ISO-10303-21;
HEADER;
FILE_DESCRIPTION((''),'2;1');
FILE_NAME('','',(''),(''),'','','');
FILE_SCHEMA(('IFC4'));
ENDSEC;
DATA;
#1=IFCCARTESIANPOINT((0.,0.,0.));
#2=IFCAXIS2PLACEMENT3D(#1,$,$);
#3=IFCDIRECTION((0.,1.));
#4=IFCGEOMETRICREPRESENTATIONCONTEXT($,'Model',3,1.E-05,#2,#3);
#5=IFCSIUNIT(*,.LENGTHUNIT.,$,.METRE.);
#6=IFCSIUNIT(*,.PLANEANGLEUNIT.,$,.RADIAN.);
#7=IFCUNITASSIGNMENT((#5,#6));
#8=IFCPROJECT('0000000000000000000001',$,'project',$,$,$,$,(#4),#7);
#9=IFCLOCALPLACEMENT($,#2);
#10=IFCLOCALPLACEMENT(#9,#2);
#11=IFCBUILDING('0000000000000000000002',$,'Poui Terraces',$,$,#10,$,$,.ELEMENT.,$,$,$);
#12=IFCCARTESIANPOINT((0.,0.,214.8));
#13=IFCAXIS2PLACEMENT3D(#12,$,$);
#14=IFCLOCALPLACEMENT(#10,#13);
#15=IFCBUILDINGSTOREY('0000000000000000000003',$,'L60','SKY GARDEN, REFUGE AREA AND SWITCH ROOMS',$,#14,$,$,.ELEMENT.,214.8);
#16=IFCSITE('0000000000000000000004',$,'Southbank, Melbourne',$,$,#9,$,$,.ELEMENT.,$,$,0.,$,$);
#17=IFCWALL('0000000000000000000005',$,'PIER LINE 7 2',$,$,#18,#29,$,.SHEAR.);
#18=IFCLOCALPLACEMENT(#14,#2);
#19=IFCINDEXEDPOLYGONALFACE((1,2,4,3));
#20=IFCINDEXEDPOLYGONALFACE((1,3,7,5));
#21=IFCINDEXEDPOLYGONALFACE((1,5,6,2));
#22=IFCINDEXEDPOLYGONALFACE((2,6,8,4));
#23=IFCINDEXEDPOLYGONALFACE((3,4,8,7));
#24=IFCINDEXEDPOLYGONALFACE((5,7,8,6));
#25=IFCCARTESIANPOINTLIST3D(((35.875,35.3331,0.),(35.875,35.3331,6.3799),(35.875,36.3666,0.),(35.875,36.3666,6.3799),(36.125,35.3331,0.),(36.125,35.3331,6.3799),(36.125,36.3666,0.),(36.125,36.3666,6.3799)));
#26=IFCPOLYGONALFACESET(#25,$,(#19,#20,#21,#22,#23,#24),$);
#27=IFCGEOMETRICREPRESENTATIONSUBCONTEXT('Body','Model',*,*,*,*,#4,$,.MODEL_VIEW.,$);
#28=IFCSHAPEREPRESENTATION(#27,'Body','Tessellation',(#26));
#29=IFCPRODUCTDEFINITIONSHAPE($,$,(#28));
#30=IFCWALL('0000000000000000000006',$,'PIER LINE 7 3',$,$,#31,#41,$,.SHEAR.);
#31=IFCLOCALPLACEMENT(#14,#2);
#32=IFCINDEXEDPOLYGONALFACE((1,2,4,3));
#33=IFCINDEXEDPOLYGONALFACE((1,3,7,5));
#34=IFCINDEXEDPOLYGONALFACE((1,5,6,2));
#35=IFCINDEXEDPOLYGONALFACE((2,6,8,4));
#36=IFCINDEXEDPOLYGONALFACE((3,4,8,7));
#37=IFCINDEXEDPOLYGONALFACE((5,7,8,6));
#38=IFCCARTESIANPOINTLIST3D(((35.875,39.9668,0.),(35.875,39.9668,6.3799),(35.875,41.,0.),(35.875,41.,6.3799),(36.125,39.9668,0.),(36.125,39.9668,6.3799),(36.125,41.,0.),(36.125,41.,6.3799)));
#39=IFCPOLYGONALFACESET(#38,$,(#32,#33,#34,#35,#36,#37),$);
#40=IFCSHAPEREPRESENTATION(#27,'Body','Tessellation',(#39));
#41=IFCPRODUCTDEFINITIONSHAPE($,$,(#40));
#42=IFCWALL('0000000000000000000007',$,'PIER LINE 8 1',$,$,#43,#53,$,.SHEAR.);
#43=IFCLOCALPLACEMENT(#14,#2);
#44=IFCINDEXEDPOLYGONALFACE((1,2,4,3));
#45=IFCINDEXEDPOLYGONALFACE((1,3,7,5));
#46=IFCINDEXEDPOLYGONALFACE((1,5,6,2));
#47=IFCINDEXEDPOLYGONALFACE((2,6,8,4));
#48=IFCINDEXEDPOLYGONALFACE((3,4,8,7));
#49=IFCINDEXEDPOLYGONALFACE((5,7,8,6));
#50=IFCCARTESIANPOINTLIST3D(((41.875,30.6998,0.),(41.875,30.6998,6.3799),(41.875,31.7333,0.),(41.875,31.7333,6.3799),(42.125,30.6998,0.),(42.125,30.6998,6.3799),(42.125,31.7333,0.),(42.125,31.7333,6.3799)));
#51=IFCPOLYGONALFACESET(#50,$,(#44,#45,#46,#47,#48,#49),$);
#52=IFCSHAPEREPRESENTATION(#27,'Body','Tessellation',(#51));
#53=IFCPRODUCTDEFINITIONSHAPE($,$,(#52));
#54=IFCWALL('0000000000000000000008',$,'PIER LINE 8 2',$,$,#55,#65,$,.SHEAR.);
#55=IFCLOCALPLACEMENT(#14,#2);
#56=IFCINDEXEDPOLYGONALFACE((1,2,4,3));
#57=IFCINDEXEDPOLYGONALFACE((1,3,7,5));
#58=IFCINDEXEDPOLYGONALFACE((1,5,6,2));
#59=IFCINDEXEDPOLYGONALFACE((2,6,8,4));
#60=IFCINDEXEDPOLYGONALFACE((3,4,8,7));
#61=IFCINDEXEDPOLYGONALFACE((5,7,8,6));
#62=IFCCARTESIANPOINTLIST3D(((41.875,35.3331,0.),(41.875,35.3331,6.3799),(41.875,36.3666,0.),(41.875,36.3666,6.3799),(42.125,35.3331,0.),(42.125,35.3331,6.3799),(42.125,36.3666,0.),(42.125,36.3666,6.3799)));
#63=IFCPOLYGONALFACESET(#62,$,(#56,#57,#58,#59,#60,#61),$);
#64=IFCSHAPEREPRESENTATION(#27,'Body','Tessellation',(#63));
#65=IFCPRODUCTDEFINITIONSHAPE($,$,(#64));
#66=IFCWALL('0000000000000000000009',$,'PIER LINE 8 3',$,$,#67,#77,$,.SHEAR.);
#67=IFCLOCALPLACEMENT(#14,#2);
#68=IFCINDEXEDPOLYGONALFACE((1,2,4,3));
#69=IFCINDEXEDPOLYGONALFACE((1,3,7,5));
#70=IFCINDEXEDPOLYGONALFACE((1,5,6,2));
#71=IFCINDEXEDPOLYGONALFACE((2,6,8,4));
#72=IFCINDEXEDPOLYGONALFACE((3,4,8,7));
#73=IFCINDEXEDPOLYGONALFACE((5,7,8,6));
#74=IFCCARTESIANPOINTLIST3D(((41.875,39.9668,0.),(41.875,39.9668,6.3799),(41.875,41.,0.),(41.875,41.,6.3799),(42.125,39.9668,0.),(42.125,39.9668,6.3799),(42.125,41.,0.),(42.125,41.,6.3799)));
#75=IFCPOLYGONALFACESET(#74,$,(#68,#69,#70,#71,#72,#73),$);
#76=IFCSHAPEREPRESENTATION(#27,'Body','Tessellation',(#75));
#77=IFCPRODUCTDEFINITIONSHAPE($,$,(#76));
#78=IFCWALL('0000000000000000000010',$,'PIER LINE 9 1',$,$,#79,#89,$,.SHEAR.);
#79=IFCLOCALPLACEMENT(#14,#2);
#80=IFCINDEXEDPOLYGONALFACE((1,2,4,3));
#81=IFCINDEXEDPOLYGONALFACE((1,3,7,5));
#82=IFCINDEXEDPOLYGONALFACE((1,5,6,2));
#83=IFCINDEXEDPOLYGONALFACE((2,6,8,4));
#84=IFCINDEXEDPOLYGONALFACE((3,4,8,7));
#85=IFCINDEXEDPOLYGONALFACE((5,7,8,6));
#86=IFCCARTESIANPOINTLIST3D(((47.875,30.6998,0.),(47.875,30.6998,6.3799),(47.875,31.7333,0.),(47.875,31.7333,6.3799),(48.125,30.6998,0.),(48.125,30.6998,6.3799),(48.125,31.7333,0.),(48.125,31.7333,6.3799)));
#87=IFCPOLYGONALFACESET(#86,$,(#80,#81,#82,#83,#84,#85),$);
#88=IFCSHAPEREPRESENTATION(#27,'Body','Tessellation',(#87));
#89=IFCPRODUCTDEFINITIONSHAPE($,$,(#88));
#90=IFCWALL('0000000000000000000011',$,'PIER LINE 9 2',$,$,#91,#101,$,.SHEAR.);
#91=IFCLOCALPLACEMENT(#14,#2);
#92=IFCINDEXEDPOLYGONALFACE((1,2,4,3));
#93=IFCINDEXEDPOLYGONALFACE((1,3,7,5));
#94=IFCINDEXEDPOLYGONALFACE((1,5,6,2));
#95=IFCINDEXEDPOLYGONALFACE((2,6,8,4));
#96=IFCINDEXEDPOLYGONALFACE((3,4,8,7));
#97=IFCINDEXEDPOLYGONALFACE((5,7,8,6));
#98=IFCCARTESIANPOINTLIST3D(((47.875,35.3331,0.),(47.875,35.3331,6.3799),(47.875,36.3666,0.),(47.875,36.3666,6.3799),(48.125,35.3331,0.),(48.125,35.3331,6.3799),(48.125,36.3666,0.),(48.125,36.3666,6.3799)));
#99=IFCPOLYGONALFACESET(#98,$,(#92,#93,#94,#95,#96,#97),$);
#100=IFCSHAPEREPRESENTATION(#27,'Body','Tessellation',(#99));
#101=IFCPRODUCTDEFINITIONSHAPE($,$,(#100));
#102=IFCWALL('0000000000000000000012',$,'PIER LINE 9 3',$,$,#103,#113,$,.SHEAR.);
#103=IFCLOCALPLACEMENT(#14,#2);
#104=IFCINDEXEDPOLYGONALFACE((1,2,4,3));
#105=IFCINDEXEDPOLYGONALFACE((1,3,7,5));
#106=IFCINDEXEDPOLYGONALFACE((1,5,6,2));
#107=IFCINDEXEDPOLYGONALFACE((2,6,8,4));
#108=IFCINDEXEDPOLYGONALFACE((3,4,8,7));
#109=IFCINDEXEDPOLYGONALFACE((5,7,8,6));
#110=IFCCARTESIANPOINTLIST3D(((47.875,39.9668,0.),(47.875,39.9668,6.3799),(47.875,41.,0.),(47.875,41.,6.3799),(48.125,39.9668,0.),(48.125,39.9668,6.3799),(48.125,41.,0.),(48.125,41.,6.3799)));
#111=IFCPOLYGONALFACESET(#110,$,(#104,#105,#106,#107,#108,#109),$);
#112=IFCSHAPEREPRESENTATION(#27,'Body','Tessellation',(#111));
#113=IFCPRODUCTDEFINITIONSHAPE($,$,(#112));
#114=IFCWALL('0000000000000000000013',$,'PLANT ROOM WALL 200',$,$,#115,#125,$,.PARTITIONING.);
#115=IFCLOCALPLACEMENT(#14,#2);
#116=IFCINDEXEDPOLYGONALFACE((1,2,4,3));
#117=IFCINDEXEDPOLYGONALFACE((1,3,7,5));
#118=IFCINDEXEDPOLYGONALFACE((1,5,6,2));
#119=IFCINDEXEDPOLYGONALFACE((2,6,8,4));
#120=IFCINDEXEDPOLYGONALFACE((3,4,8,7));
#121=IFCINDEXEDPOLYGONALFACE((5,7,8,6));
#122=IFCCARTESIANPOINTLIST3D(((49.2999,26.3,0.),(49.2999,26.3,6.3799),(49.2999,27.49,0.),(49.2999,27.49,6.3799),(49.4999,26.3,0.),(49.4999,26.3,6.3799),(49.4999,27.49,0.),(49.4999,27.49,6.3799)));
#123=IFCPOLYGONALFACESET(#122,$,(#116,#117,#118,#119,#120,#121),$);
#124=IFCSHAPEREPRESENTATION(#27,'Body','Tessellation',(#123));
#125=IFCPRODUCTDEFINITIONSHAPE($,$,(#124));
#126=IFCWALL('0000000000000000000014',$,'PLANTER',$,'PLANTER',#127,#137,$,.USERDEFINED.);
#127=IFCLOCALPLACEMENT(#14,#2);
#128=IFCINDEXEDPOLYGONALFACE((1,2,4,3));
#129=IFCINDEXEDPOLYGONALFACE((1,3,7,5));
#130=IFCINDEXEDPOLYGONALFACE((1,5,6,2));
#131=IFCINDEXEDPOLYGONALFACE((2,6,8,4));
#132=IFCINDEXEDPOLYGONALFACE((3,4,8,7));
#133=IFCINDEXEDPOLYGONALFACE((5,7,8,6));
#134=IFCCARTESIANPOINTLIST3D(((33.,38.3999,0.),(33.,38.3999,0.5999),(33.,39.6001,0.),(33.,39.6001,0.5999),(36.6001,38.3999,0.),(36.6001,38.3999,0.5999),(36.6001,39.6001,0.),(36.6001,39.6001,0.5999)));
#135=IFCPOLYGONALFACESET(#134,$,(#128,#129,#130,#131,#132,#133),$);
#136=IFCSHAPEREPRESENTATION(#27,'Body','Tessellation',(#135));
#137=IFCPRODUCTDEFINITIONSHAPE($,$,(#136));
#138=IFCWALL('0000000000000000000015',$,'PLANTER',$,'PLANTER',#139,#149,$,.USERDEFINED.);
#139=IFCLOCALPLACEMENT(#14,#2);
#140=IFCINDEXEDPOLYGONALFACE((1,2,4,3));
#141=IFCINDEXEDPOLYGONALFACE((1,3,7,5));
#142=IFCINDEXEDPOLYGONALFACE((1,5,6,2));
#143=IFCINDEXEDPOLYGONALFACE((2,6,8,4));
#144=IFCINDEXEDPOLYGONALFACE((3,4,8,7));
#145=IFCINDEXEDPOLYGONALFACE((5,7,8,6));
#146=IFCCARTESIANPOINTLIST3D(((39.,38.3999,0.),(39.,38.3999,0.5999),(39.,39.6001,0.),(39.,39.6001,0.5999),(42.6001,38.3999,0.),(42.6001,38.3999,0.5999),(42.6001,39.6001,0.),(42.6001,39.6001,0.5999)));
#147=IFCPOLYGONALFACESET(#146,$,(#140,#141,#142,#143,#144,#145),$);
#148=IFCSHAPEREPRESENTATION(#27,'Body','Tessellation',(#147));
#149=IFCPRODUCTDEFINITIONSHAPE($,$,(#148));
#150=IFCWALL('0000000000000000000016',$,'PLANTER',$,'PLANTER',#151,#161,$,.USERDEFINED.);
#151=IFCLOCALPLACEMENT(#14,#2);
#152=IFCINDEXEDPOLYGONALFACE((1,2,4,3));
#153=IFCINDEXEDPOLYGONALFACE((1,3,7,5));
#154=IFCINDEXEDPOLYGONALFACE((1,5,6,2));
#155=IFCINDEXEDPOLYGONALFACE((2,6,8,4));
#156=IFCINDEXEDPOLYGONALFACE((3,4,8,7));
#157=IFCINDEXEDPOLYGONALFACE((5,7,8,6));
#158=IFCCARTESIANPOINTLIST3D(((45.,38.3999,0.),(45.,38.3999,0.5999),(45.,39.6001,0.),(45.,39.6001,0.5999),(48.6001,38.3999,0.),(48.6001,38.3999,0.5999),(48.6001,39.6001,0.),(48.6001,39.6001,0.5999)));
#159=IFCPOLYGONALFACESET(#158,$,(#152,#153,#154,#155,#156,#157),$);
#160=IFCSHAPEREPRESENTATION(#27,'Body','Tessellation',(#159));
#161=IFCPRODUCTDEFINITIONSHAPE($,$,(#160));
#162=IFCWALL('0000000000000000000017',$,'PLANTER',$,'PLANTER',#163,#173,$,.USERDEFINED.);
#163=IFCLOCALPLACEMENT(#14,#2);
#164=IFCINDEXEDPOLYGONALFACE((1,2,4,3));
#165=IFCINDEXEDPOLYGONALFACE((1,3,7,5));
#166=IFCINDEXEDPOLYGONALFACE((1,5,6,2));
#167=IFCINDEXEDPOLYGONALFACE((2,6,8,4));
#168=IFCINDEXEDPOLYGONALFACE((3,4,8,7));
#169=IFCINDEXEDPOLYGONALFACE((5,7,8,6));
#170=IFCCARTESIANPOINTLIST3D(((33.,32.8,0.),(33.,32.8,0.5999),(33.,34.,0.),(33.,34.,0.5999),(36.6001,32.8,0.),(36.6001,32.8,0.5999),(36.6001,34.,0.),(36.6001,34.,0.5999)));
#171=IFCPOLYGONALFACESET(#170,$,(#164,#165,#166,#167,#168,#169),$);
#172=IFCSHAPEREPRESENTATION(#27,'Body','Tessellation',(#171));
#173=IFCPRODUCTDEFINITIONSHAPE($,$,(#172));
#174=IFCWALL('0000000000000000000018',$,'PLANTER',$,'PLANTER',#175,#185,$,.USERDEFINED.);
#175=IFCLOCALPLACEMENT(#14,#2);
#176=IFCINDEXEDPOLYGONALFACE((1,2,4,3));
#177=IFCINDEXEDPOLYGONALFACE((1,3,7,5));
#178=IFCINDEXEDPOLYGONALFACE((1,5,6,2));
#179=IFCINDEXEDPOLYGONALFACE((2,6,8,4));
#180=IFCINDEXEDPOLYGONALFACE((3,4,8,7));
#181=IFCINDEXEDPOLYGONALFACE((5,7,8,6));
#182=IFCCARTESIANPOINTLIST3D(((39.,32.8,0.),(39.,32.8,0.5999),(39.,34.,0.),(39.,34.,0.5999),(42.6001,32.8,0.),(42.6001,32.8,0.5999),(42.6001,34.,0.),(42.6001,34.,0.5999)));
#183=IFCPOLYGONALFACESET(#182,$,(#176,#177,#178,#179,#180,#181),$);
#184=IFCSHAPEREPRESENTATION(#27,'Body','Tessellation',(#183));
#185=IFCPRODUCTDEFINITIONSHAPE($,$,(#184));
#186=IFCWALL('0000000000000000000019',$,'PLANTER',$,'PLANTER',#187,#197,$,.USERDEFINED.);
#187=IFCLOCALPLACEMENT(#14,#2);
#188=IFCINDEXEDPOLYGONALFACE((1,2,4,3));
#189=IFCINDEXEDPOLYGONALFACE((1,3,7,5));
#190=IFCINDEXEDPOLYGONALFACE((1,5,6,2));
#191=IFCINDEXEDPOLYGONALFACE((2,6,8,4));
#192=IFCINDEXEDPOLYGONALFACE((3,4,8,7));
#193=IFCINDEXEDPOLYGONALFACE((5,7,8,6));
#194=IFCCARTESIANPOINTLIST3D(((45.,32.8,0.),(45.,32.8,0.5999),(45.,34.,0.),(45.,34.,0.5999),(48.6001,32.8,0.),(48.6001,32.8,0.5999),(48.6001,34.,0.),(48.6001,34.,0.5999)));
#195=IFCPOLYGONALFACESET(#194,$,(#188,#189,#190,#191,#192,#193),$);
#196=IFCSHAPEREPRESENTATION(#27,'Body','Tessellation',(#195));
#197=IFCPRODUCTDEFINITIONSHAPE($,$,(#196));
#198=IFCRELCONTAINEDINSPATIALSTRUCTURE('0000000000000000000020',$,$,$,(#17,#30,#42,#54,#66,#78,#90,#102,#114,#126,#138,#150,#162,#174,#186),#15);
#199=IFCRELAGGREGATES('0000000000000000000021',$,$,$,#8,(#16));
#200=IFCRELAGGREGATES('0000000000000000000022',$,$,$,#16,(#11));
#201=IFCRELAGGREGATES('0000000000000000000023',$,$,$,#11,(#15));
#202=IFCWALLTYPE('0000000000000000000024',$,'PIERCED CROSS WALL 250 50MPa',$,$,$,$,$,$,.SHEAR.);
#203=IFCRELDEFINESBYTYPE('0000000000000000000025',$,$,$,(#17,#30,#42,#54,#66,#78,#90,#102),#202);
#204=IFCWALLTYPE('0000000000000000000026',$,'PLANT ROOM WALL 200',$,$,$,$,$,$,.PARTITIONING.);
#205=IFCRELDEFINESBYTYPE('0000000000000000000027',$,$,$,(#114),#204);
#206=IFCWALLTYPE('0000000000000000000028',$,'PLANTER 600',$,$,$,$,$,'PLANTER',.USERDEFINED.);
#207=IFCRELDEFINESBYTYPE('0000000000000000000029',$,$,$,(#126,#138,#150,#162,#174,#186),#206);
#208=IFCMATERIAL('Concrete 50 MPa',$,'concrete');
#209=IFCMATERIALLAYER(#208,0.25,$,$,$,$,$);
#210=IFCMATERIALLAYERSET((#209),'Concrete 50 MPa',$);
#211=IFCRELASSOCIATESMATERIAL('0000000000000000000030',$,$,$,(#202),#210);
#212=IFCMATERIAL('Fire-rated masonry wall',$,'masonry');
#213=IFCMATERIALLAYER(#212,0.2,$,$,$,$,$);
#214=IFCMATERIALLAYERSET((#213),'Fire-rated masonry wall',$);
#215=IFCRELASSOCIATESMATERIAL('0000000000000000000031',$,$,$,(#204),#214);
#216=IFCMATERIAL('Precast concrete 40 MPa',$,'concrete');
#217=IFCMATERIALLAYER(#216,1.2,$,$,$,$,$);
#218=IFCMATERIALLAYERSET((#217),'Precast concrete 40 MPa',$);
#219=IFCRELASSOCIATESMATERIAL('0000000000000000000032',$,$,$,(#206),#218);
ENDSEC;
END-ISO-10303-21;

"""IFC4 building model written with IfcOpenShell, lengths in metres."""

from ifc_helpers import new_model, si_unit, direction, frame, frame_2d, origin, place, context, subcontext, project, spatial, polyline, rectangle, outline, extrude, source, transform, mapped, material, layer, layer_set, type_object, element, save


model = new_model("IFC4")

# Units and contexts
model_context = context("Model", 3, precision=1e-05, world=origin(), true_north=direction((0.0, 1.0)))
body_context = subcontext(model_context, "Body", "Model", "MODEL_VIEW")
ifc_project = project(units=[si_unit("LENGTHUNIT", "METRE"), si_unit("PLANEANGLEUNIT", "RADIAN")], contexts=[model_context])

# Site, building, storey
site_placement = place(None, origin())
site = spatial("IfcSite", under=ifc_project, at=site_placement, Name="Southbank, Melbourne", CompositionType="ELEMENT", RefElevation=0.0)
building_placement = place(site_placement, origin())
building = spatial("IfcBuilding", under=site, at=building_placement, Name="Poui Terraces", CompositionType="ELEMENT")
storey_placement = place(building_placement, frame((0.0, 0.0, 214.8)))
storey = spatial("IfcBuildingStorey", under=building, at=storey_placement, Name="L60", Description="SKY GARDEN, REFUGE AREA AND SWITCH ROOMS", CompositionType="ELEMENT", Elevation=214.8)

# Shared definitions
ifc_material_1 = material(Name="Concrete 50 MPa", Category="concrete")

# Walls
ifc_layer_1 = layer(ifc_material_1, 0.25)
ifc_layer_set_1 = layer_set([ifc_layer_1], Name="Concrete 50 MPa")
wall_type_1 = type_object("IfcWallType", Name="PIERCED CROSS WALL 250 50MPa", PredefinedType="SHEAR", material=ifc_layer_set_1)
for number, where, z_axis, x_axis, name in (
    (1, (36.0, 35.3333, 0.0), (0.0, 0.0, 1.0), (0.0, 1.0, 0.0), "PIER LINE 7 2"),
):
    element("IfcWall", number, at=place(storey_placement, frame(where, z_axis=z_axis, x_axis=x_axis)), inside=storey, type_object=wall_type_1, Name=name, PredefinedType="SHEAR", context=body_context, shape_type="SweptSolid", body=[
        extrude(rectangle(XDim=1.0334, YDim=0.25, at=frame_2d((0.5166, 0.0))), origin(), (0.0, 0.0, 1.0), 6.3799),
    ])
wall_1_placement = place(storey_placement, frame((36.0, 39.9668, 0.0), z_axis=(0.0, 0.0, 1.0), x_axis=(0.0, 1.0, 0.0)))
element("IfcWall", 2, at=wall_1_placement, inside=storey, type_object=wall_type_1, Name="PIER LINE 7 3", PredefinedType="SHEAR", context=body_context, shape_type="SweptSolid", body=[
    extrude(rectangle(XDim=1.0332, YDim=0.25, at=frame_2d((0.5166, 0.0))), origin(), (0.0, 0.0, 1.0), 6.3799),
])
for number, where, z_axis, x_axis, name in (
    (3, (42.0, 30.7, 0.0), (0.0, 0.0, 1.0), (0.0, 1.0, 0.0), "PIER LINE 8 1"),
    (4, (42.0, 35.3333, 0.0), (0.0, 0.0, 1.0), (0.0, 1.0, 0.0), "PIER LINE 8 2"),
):
    element("IfcWall", number, at=place(storey_placement, frame(where, z_axis=z_axis, x_axis=x_axis)), inside=storey, type_object=wall_type_1, Name=name, PredefinedType="SHEAR", context=body_context, shape_type="SweptSolid", body=[
        extrude(rectangle(XDim=1.0334, YDim=0.25, at=frame_2d((0.5166, 0.0))), origin(), (0.0, 0.0, 1.0), 6.3799),
    ])
wall_2_placement = place(storey_placement, frame((42.0, 39.9668, 0.0), z_axis=(0.0, 0.0, 1.0), x_axis=(0.0, 1.0, 0.0)))
element("IfcWall", 5, at=wall_2_placement, inside=storey, type_object=wall_type_1, Name="PIER LINE 8 3", PredefinedType="SHEAR", context=body_context, shape_type="SweptSolid", body=[
    extrude(rectangle(XDim=1.0332, YDim=0.25, at=frame_2d((0.5166, 0.0))), origin(), (0.0, 0.0, 1.0), 6.3799),
])
for number, where, z_axis, x_axis, name in (
    (6, (48.0, 30.7, 0.0), (0.0, 0.0, 1.0), (0.0, 1.0, 0.0), "PIER LINE 9 1"),
    (7, (48.0, 35.3333, 0.0), (0.0, 0.0, 1.0), (0.0, 1.0, 0.0), "PIER LINE 9 2"),
):
    element("IfcWall", number, at=place(storey_placement, frame(where, z_axis=z_axis, x_axis=x_axis)), inside=storey, type_object=wall_type_1, Name=name, PredefinedType="SHEAR", context=body_context, shape_type="SweptSolid", body=[
        extrude(rectangle(XDim=1.0334, YDim=0.25, at=frame_2d((0.5166, 0.0))), origin(), (0.0, 0.0, 1.0), 6.3799),
    ])
wall_3_placement = place(storey_placement, frame((48.0, 39.9668, 0.0), z_axis=(0.0, 0.0, 1.0), x_axis=(0.0, 1.0, 0.0)))
element("IfcWall", 8, at=wall_3_placement, inside=storey, type_object=wall_type_1, Name="PIER LINE 9 3", PredefinedType="SHEAR", context=body_context, shape_type="SweptSolid", body=[
    extrude(rectangle(XDim=1.0332, YDim=0.25, at=frame_2d((0.5166, 0.0))), origin(), (0.0, 0.0, 1.0), 6.3799),
])
ifc_material_2 = material(Name="Fire-rated masonry wall", Category="masonry")
ifc_layer_2 = layer(ifc_material_2, 0.2)
ifc_layer_set_2 = layer_set([ifc_layer_2], Name="Fire-rated masonry wall")
wall_type_2 = type_object("IfcWallType", Name="PLANT ROOM WALL 200", PredefinedType="PARTITIONING", material=ifc_layer_set_2)
wall_4_placement = place(storey_placement, frame((49.3999, 26.3, 0.0), z_axis=(0.0, 0.0, 1.0), x_axis=(0.0, 1.0, 0.0)))
element("IfcWall", 9, at=wall_4_placement, inside=storey, type_object=wall_type_2, Name="PLANT ROOM WALL 200", PredefinedType="PARTITIONING", context=body_context, shape_type="SweptSolid", body=[
    extrude(rectangle(XDim=1.1899, YDim=0.2, at=frame_2d((0.595, 0.0))), origin(), (0.0, 0.0, 1.0), 6.3799),
])
ifc_material_3 = material(Name="Precast concrete 40 MPa", Category="concrete")
ifc_layer_3 = layer(ifc_material_3, 1.2)
ifc_layer_set_3 = layer_set([ifc_layer_3], Name="Precast concrete 40 MPa")
wall_type_3 = type_object("IfcWallType", Name="PLANTER 600", ElementType="PLANTER", PredefinedType="USERDEFINED", material=ifc_layer_set_3)
shared_shape_1 = source(origin(), body_context, "Body", "SweptSolid", [
    extrude(outline(polyline([(0.0, 0.0), (3.6001, 0.0), (3.6001, 1.2002), (0.0, 1.2002), (0.0, 0.0)])), origin(), (0.0, 0.0, 1.0), 0.5999),
])
for number, where, name in (
    (10, (33.0, 38.3999, 0.0), "PLANTER"),
    (11, (39.0, 38.3999, 0.0), "PLANTER"),
    (12, (45.0, 38.3999, 0.0), "PLANTER"),
):
    element("IfcWall", number, at=place(storey_placement, frame(where)), inside=storey, type_object=wall_type_3, Name=name, ObjectType="PLANTER", PredefinedType="USERDEFINED", context=body_context, shape_type="MappedRepresentation", body=[
        mapped(shared_shape_1, transform((0.0, 0.0, 0.0))),
    ])
shared_shape_2 = source(origin(), body_context, "Body", "SweptSolid", [
    extrude(outline(polyline([(0.0, 0.0), (3.6001, 0.0), (3.6001, 1.2), (0.0, 1.2), (0.0, 0.0)])), origin(), (0.0, 0.0, 1.0), 0.5999),
])
for number, where, name in (
    (13, (33.0, 32.8, 0.0), "PLANTER"),
    (14, (39.0, 32.8, 0.0), "PLANTER"),
    (15, (45.0, 32.8, 0.0), "PLANTER"),
):
    element("IfcWall", number, at=place(storey_placement, frame(where)), inside=storey, type_object=wall_type_3, Name=name, ObjectType="PLANTER", PredefinedType="USERDEFINED", context=body_context, shape_type="MappedRepresentation", body=[
        mapped(shared_shape_2, transform((0.0, 0.0, 0.0))),
    ])

save(model, "model.ifc")
